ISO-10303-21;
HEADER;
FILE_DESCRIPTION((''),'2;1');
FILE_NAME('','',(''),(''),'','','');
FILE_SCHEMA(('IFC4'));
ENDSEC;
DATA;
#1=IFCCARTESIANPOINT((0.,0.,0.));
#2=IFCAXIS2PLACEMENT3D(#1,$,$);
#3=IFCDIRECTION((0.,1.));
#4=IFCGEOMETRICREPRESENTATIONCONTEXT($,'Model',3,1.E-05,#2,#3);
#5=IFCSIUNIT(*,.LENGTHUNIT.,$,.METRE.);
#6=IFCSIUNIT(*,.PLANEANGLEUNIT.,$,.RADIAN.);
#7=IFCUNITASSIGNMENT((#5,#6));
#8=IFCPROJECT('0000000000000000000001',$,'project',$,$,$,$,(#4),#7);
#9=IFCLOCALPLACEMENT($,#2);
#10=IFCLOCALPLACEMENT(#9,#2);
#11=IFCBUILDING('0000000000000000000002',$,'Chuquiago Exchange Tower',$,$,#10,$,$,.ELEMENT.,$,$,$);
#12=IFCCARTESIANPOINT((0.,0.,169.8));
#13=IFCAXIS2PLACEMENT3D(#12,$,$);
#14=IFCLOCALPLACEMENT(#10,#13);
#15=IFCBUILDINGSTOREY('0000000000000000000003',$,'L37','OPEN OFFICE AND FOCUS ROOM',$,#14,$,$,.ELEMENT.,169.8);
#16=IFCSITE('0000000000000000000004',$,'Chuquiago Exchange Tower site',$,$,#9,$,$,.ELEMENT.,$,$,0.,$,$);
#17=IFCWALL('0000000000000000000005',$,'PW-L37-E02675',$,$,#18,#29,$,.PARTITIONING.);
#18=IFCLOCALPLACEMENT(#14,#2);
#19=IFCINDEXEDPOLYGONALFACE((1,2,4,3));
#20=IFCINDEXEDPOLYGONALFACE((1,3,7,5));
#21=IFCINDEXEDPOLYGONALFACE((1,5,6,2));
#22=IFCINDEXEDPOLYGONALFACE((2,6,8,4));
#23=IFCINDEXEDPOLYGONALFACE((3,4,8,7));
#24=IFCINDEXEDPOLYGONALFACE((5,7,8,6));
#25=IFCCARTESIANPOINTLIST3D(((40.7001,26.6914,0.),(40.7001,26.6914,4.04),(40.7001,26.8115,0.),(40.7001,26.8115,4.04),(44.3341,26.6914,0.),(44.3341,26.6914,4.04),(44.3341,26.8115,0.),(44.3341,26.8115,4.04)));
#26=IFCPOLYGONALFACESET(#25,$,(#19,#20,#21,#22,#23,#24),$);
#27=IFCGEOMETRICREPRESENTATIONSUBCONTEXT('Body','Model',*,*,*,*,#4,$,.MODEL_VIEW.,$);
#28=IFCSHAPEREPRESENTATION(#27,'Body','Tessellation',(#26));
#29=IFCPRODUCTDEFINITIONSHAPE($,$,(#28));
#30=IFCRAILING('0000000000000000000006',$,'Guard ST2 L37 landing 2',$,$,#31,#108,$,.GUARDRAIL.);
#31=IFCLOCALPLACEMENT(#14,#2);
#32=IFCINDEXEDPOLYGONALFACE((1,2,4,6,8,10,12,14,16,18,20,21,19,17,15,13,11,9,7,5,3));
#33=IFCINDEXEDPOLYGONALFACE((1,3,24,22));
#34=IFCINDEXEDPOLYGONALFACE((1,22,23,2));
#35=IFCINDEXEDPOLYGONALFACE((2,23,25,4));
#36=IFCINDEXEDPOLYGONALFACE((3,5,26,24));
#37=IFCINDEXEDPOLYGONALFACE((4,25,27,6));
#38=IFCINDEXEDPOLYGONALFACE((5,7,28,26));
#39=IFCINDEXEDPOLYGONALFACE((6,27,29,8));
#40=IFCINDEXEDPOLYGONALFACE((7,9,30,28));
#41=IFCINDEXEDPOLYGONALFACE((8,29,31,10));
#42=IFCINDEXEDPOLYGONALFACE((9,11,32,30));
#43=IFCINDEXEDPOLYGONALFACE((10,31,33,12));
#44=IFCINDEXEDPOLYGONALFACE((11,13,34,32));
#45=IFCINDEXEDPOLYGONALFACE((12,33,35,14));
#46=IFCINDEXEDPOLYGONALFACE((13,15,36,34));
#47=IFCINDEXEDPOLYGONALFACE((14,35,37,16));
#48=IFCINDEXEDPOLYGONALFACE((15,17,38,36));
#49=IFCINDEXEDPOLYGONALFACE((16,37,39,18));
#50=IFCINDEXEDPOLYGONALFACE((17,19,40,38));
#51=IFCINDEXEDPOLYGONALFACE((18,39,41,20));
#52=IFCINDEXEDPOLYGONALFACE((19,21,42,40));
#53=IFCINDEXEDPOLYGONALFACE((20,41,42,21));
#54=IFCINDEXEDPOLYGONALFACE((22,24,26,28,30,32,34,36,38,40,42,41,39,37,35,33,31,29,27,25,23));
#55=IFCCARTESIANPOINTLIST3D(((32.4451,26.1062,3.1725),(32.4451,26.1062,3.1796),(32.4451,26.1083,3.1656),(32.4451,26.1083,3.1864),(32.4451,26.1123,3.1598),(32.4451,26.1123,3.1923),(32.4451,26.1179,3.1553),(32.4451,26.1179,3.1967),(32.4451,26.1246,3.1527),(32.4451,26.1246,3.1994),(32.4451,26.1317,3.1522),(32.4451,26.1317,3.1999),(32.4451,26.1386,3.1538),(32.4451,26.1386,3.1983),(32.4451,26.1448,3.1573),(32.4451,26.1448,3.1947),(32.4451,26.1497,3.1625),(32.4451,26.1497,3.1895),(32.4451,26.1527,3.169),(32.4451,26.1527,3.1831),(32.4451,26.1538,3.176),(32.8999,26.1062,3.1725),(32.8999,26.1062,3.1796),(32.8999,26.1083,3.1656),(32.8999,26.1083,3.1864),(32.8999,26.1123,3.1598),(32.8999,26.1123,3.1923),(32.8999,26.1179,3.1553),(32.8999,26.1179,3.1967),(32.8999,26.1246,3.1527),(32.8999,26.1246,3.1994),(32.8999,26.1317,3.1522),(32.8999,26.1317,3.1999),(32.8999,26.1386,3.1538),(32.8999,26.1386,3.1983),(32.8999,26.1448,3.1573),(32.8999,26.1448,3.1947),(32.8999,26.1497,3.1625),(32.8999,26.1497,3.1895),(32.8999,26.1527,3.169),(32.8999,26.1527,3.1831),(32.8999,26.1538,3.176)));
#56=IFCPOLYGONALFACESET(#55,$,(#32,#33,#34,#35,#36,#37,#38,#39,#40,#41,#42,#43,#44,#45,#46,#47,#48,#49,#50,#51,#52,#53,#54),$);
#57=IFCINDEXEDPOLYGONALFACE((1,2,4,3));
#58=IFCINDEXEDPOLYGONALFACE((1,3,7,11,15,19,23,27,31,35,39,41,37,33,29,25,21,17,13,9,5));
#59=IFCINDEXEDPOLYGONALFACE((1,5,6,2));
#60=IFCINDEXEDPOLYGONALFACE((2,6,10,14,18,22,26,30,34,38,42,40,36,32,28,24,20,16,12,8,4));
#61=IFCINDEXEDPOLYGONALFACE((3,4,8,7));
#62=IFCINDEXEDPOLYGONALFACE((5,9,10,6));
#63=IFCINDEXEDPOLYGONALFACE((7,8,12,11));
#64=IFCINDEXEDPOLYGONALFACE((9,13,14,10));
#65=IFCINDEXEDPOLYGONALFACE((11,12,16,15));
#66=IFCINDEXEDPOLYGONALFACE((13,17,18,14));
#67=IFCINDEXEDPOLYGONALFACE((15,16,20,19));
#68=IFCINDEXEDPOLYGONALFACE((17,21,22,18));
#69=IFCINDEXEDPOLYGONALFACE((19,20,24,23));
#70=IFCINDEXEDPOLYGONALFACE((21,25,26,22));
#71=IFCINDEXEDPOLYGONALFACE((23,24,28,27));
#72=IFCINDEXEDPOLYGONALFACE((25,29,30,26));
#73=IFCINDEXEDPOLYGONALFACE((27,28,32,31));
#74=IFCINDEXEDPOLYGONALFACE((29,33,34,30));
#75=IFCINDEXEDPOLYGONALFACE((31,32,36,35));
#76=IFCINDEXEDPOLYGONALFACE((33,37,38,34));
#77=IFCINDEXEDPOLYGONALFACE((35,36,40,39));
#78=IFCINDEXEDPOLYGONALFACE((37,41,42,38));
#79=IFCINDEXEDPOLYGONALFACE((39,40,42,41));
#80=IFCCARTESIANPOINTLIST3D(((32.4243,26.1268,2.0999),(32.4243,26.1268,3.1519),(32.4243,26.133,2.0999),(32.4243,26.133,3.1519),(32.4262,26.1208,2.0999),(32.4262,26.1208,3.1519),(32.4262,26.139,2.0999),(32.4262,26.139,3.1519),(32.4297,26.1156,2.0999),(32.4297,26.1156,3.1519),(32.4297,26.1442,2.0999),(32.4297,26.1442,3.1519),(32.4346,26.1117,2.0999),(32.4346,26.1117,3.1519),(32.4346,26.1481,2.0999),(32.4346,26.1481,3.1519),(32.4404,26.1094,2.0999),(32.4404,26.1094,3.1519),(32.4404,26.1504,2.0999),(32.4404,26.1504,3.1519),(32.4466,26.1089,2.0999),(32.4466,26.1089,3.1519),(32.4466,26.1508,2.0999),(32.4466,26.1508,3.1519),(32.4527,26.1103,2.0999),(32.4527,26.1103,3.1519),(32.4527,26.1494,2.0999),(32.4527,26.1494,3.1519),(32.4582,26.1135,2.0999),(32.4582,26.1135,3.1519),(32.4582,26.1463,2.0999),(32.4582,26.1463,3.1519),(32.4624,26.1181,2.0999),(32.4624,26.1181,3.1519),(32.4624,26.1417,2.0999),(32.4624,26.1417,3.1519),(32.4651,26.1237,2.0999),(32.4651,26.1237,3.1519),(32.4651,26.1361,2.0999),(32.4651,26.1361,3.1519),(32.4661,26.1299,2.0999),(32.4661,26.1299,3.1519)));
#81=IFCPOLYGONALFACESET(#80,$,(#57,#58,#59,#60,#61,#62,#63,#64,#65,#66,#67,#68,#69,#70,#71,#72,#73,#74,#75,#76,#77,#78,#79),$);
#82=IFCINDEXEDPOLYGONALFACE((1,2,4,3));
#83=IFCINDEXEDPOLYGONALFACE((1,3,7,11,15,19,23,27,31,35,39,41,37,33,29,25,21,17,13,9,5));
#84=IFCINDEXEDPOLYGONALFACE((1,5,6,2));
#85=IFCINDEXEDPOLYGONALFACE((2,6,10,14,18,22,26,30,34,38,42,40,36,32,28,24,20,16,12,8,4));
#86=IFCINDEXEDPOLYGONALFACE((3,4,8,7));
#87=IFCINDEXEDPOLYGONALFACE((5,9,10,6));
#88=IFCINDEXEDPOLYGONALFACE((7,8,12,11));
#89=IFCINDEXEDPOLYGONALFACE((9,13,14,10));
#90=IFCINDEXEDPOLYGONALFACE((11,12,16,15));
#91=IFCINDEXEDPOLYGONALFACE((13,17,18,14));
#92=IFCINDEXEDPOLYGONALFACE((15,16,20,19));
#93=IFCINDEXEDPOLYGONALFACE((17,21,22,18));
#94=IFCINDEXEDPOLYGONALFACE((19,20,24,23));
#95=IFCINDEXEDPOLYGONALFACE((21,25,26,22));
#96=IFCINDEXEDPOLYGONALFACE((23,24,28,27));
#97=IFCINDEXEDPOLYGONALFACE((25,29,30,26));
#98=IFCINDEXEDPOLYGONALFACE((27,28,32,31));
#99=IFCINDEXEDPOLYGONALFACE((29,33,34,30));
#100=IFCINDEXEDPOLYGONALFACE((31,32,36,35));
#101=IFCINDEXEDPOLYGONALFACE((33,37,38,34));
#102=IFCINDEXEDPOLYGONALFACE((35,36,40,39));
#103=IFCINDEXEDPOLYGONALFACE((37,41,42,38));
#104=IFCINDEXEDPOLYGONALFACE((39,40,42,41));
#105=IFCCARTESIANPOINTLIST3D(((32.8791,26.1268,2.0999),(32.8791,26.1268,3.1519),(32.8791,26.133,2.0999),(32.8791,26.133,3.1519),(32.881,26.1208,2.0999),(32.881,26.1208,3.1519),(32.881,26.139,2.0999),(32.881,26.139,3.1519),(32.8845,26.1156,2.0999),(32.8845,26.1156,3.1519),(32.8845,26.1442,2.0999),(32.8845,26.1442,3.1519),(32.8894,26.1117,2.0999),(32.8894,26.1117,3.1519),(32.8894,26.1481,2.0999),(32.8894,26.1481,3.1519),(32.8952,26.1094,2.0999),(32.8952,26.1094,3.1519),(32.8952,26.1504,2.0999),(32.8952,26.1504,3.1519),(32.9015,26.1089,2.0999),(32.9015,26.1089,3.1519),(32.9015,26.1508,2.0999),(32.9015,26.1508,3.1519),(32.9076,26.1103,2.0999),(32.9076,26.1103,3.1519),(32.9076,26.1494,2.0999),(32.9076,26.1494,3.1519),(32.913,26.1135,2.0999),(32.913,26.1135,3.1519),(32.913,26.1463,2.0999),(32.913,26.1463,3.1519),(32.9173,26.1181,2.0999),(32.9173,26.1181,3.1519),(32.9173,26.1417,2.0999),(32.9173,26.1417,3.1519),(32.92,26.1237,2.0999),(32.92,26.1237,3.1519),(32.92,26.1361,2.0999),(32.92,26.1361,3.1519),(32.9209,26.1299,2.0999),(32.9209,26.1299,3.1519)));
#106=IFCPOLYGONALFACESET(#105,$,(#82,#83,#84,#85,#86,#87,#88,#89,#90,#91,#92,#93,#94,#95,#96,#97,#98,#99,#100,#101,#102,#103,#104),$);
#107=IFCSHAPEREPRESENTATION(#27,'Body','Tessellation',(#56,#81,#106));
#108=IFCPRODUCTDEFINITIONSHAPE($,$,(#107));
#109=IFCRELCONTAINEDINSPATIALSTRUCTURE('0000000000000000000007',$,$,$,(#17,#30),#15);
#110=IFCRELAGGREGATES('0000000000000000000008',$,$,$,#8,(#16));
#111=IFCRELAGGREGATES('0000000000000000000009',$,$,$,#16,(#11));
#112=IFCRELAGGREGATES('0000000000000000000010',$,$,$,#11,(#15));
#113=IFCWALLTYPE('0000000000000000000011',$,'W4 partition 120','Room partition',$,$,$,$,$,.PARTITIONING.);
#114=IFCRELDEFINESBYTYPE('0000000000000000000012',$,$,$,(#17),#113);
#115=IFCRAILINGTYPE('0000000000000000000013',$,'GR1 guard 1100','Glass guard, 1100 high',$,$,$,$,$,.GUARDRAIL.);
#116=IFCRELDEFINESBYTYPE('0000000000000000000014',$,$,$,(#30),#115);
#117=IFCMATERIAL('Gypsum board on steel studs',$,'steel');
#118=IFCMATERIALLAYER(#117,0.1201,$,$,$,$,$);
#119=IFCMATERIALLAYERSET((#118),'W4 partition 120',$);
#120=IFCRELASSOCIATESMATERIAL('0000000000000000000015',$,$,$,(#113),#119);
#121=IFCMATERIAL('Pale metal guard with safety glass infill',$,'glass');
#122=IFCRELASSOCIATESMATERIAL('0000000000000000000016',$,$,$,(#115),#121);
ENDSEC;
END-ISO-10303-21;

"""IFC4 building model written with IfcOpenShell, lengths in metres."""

from ifc_helpers import new_model, si_unit, direction, frame, frame_2d, origin, origin_2d, place, context, subcontext, project, spatial, rectangle, circle, extrude, material, layer, layer_set, type_object, element, save


model = new_model("IFC4")

# Units and contexts
model_context = context("Model", 3, precision=1e-05, world=origin(), true_north=direction((0.0, 1.0)))
body_context = subcontext(model_context, "Body", "Model", "MODEL_VIEW")
ifc_project = project(units=[si_unit("LENGTHUNIT", "METRE"), si_unit("PLANEANGLEUNIT", "RADIAN")], contexts=[model_context])

# Site, building, storey
site_placement = place(None, origin())
site = spatial("IfcSite", under=ifc_project, at=site_placement, Name="Chuquiago Exchange Tower site", CompositionType="ELEMENT", RefElevation=0.0)
building_placement = place(site_placement, origin())
building = spatial("IfcBuilding", under=site, at=building_placement, Name="Chuquiago Exchange Tower", CompositionType="ELEMENT")
storey_placement = place(building_placement, frame((0.0, 0.0, 169.8)))
storey = spatial("IfcBuildingStorey", under=building, at=storey_placement, Name="L37", Description="OPEN OFFICE AND FOCUS ROOM", CompositionType="ELEMENT", Elevation=169.8)

# Wall
ifc_material_1 = material(Name="Gypsum board on steel studs", Category="steel")
ifc_layer_1 = layer(ifc_material_1, 0.1201)
ifc_layer_set_1 = layer_set([ifc_layer_1], Name="W4 partition 120")
wall_type_1 = type_object("IfcWallType", Name="W4 partition 120", Description="Room partition", PredefinedType="PARTITIONING", material=ifc_layer_set_1)
wall_1_placement = place(storey_placement, frame((44.334, 26.7515, 0.0), z_axis=(0.0, 0.0, 1.0), x_axis=(-1.0, 0.0, 0.0)))
element("IfcWall", 1, at=wall_1_placement, inside=storey, type_object=wall_type_1, Name="PW-L37-E02675", PredefinedType="PARTITIONING", context=body_context, shape_type="SweptSolid", body=[
    extrude(rectangle(XDim=3.634, YDim=0.1201, at=frame_2d((1.8169, 0.0))), origin(), (0.0, 0.0, 1.0), 4.04),
])

# Railing
ifc_material_2 = material(Name="Pale metal guard with safety glass infill", Category="glass")
railing_type_1 = type_object("IfcRailingType", Name="GR1 guard 1100", Description="Glass guard, 1100 high", PredefinedType="GUARDRAIL", material=ifc_material_2)
railing_1_placement = place(storey_placement, frame((32.4451, 26.1299, 2.0999)))
element("IfcRailing", 2, at=railing_1_placement, inside=storey, type_object=railing_type_1, Name="Guard ST2 L37 landing 2", PredefinedType="GUARDRAIL", context=body_context, shape_type="SweptSolid", body=[
    extrude(circle(Radius=0.0239, at=origin_2d()), frame((0.0, 0.0, 1.0762), z_axis=(1.0, 0.0, 0.0), x_axis=(0.0, 1.0, 0.0)), (0.0, 0.0, 1.0), 0.4548),
    extrude(circle(Radius=0.021, at=origin_2d()), origin(), (0.0, 0.0, 1.0), 1.052),
    extrude(circle(Radius=0.021, at=origin_2d()), frame((0.4548, 0.0, 0.0)), (0.0, 0.0, 1.0), 1.052),
])

save(model, "model.ifc")
